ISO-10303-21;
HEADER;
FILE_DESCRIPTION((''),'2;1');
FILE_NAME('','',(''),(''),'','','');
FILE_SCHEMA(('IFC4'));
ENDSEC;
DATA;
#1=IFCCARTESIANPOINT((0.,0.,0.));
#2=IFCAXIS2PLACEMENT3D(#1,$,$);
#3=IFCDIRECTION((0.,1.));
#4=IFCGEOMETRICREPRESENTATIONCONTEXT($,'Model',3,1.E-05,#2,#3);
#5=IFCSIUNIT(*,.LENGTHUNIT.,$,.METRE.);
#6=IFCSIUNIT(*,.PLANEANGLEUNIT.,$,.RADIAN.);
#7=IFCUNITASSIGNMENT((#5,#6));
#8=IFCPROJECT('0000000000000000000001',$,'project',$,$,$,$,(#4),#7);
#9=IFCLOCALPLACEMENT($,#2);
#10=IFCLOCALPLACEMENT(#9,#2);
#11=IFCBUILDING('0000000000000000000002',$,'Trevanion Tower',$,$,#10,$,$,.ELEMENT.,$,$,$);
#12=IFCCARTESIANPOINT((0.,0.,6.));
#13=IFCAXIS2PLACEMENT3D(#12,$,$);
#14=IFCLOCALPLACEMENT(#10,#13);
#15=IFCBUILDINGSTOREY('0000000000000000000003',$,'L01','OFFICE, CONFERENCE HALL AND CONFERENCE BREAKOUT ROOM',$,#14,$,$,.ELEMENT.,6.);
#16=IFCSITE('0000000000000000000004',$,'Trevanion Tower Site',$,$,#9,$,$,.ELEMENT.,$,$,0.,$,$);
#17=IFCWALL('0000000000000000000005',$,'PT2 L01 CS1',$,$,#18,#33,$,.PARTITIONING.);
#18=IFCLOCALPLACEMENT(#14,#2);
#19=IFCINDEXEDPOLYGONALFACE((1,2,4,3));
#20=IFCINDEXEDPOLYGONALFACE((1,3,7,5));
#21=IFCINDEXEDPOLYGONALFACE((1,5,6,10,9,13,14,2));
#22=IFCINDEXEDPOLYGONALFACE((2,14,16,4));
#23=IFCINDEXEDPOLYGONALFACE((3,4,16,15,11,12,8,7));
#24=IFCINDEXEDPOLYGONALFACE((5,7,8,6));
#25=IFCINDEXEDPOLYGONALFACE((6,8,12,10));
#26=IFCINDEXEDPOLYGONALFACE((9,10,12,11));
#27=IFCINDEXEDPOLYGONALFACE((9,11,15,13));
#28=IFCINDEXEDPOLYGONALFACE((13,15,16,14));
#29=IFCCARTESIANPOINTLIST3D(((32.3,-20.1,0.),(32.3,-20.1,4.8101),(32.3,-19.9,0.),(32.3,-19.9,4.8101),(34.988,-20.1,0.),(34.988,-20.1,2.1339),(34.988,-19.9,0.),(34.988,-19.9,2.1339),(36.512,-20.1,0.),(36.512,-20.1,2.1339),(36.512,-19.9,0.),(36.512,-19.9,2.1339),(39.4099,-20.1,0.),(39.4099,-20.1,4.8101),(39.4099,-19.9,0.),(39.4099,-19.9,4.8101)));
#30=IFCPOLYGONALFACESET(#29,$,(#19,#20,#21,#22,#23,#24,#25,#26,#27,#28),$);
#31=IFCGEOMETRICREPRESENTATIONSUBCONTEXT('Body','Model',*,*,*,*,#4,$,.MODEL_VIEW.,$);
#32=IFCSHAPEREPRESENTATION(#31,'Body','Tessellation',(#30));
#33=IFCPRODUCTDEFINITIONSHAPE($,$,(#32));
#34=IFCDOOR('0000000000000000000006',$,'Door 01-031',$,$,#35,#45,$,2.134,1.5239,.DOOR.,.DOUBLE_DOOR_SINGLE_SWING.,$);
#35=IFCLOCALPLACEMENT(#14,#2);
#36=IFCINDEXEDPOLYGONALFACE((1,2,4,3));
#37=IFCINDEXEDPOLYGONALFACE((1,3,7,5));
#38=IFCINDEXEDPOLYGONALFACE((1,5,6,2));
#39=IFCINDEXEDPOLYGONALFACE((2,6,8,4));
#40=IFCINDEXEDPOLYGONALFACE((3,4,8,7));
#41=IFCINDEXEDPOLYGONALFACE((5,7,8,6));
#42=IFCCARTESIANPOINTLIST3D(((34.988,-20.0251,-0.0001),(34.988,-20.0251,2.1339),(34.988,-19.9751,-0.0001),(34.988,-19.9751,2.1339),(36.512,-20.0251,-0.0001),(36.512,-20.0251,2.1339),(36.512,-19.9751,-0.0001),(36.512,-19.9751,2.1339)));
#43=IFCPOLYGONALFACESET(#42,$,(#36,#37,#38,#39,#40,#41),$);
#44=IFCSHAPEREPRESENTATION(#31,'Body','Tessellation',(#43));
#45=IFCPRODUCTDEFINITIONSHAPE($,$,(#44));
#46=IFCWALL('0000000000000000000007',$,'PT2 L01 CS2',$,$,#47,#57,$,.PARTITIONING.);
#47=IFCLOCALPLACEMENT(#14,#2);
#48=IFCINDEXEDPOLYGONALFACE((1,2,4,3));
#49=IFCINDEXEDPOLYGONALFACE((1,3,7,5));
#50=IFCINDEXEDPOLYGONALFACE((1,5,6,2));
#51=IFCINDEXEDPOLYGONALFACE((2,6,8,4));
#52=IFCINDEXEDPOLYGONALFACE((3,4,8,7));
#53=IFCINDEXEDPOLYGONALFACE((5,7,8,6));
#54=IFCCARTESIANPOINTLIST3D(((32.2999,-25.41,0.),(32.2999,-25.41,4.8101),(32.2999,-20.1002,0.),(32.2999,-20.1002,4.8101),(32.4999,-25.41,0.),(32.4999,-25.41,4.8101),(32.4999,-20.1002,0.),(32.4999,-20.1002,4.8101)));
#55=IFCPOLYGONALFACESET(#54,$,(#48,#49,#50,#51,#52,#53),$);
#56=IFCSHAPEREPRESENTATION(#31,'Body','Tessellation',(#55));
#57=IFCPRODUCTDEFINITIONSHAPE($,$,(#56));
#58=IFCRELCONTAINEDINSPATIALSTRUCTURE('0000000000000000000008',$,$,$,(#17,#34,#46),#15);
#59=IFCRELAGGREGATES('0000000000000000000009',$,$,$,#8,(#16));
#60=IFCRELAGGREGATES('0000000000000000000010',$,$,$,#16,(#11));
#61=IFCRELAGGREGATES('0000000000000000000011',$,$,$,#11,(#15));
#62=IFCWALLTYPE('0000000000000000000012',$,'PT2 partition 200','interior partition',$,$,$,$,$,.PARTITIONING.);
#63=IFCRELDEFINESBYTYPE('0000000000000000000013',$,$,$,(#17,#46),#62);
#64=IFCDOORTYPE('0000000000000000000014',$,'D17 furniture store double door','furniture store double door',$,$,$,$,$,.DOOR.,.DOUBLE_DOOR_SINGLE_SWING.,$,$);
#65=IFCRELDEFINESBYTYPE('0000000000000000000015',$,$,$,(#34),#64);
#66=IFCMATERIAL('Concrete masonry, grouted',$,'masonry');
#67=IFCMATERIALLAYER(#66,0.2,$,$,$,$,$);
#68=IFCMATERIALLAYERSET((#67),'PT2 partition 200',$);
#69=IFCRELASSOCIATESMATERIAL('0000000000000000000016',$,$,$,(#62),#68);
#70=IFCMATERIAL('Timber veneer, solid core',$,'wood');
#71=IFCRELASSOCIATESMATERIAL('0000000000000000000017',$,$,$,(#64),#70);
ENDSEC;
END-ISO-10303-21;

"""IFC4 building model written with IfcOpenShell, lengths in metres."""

from ifc_helpers import new_model, si_unit, direction, frame, frame_2d, origin, place, context, subcontext, project, spatial, rectangle, extrude, material, layer, layer_set, type_object, element, fill, save


model = new_model("IFC4")

# Units and contexts
model_context = context("Model", 3, precision=1e-05, world=origin(), true_north=direction((0.0, 1.0)))
body_context = subcontext(model_context, "Body", "Model", "MODEL_VIEW")
ifc_project = project(units=[si_unit("LENGTHUNIT", "METRE"), si_unit("PLANEANGLEUNIT", "RADIAN")], contexts=[model_context])

# Site, building, storey
site_placement = place(None, origin())
site = spatial("IfcSite", under=ifc_project, at=site_placement, Name="Trevanion Tower Site", CompositionType="ELEMENT", RefElevation=0.0)
building_placement = place(site_placement, origin())
building = spatial("IfcBuilding", under=site, at=building_placement, Name="Trevanion Tower", CompositionType="ELEMENT")
storey_placement = place(building_placement, frame((0.0, 0.0, 6.0)))
storey = spatial("IfcBuildingStorey", under=building, at=storey_placement, Name="L01", Description="OFFICE, CONFERENCE HALL AND CONFERENCE BREAKOUT ROOM", CompositionType="ELEMENT", Elevation=6.0)

# Wall, opening, door
ifc_material_1 = material(Name="Concrete masonry, grouted", Category="masonry")
ifc_layer_1 = layer(ifc_material_1, 0.2)
ifc_layer_set_1 = layer_set([ifc_layer_1], Name="PT2 partition 200")
wall_type_1 = type_object("IfcWallType", Name="PT2 partition 200", Description="interior partition", PredefinedType="PARTITIONING", material=ifc_layer_set_1)
wall_1_placement = place(storey_placement, frame((32.3, -20.0, 0.0), z_axis=(0.0, 0.0, 1.0), x_axis=(1.0, 0.0, 0.0)))
wall_1 = element("IfcWall", 1, at=wall_1_placement, inside=storey, type_object=wall_type_1, Name="PT2 L01 CS1", PredefinedType="PARTITIONING", context=body_context, shape_type="SweptSolid", body=[
    extrude(rectangle(XDim=7.1099, YDim=0.2, at=frame_2d((3.5549, 0.0))), origin(), (0.0, 0.0, 1.0), 4.8101),
])
opening_1_placement = place(wall_1_placement, frame((2.688, 0.0, 0.0)))
opening_1 = element("IfcOpeningElement", 2, at=opening_1_placement, cuts=wall_1, PredefinedType="OPENING", context=body_context, shape_type="SweptSolid", body=[
    extrude(rectangle(XDim=1.5239, YDim=2.134, at=frame_2d((0.762, 1.0669))), frame((0.0, 0.1099, 0.0), z_axis=(0.0, -1.0, 0.0), x_axis=(1.0, 0.0, 0.0)), (0.0, 0.0, 1.0), 0.22),
])
ifc_material_2 = material(Name="Timber veneer, solid core", Category="wood")
door_type = type_object("IfcDoorType", Name="D17 furniture store double door", Description="furniture store double door", OperationType="DOUBLE_DOOR_SINGLE_SWING", PredefinedType="DOOR", material=ifc_material_2)
door_placement = place(opening_1_placement, origin())
door = element("IfcDoor", 3, at=door_placement, inside=storey, type_object=door_type, Name="Door 01-031", OperationType="DOUBLE_DOOR_SINGLE_SWING", OverallHeight=2.134, OverallWidth=1.5239, PredefinedType="DOOR", context=body_context, shape_type="SweptSolid", body=[
    extrude(rectangle(XDim=1.5239, YDim=2.134, at=frame_2d((0.762, 1.0669))), frame((0.0, 0.0249, 0.0), z_axis=(0.0, -1.0, 0.0), x_axis=(1.0, 0.0, 0.0)), (0.0, 0.0, 1.0), 0.05),
])
fill(opening_1, door)

# Wall
wall_2_placement = place(storey_placement, frame((32.3999, -25.4099, 0.0), z_axis=(0.0, 0.0, 1.0), x_axis=(0.0, 1.0, 0.0)))
element("IfcWall", 4, at=wall_2_placement, inside=storey, type_object=wall_type_1, Name="PT2 L01 CS2", PredefinedType="PARTITIONING", context=body_context, shape_type="SweptSolid", body=[
    extrude(rectangle(XDim=5.3098, YDim=0.2, at=frame_2d((2.6548, 0.0))), origin(), (0.0, 0.0, 1.0), 4.8101),
])

save(model, "model.ifc")
